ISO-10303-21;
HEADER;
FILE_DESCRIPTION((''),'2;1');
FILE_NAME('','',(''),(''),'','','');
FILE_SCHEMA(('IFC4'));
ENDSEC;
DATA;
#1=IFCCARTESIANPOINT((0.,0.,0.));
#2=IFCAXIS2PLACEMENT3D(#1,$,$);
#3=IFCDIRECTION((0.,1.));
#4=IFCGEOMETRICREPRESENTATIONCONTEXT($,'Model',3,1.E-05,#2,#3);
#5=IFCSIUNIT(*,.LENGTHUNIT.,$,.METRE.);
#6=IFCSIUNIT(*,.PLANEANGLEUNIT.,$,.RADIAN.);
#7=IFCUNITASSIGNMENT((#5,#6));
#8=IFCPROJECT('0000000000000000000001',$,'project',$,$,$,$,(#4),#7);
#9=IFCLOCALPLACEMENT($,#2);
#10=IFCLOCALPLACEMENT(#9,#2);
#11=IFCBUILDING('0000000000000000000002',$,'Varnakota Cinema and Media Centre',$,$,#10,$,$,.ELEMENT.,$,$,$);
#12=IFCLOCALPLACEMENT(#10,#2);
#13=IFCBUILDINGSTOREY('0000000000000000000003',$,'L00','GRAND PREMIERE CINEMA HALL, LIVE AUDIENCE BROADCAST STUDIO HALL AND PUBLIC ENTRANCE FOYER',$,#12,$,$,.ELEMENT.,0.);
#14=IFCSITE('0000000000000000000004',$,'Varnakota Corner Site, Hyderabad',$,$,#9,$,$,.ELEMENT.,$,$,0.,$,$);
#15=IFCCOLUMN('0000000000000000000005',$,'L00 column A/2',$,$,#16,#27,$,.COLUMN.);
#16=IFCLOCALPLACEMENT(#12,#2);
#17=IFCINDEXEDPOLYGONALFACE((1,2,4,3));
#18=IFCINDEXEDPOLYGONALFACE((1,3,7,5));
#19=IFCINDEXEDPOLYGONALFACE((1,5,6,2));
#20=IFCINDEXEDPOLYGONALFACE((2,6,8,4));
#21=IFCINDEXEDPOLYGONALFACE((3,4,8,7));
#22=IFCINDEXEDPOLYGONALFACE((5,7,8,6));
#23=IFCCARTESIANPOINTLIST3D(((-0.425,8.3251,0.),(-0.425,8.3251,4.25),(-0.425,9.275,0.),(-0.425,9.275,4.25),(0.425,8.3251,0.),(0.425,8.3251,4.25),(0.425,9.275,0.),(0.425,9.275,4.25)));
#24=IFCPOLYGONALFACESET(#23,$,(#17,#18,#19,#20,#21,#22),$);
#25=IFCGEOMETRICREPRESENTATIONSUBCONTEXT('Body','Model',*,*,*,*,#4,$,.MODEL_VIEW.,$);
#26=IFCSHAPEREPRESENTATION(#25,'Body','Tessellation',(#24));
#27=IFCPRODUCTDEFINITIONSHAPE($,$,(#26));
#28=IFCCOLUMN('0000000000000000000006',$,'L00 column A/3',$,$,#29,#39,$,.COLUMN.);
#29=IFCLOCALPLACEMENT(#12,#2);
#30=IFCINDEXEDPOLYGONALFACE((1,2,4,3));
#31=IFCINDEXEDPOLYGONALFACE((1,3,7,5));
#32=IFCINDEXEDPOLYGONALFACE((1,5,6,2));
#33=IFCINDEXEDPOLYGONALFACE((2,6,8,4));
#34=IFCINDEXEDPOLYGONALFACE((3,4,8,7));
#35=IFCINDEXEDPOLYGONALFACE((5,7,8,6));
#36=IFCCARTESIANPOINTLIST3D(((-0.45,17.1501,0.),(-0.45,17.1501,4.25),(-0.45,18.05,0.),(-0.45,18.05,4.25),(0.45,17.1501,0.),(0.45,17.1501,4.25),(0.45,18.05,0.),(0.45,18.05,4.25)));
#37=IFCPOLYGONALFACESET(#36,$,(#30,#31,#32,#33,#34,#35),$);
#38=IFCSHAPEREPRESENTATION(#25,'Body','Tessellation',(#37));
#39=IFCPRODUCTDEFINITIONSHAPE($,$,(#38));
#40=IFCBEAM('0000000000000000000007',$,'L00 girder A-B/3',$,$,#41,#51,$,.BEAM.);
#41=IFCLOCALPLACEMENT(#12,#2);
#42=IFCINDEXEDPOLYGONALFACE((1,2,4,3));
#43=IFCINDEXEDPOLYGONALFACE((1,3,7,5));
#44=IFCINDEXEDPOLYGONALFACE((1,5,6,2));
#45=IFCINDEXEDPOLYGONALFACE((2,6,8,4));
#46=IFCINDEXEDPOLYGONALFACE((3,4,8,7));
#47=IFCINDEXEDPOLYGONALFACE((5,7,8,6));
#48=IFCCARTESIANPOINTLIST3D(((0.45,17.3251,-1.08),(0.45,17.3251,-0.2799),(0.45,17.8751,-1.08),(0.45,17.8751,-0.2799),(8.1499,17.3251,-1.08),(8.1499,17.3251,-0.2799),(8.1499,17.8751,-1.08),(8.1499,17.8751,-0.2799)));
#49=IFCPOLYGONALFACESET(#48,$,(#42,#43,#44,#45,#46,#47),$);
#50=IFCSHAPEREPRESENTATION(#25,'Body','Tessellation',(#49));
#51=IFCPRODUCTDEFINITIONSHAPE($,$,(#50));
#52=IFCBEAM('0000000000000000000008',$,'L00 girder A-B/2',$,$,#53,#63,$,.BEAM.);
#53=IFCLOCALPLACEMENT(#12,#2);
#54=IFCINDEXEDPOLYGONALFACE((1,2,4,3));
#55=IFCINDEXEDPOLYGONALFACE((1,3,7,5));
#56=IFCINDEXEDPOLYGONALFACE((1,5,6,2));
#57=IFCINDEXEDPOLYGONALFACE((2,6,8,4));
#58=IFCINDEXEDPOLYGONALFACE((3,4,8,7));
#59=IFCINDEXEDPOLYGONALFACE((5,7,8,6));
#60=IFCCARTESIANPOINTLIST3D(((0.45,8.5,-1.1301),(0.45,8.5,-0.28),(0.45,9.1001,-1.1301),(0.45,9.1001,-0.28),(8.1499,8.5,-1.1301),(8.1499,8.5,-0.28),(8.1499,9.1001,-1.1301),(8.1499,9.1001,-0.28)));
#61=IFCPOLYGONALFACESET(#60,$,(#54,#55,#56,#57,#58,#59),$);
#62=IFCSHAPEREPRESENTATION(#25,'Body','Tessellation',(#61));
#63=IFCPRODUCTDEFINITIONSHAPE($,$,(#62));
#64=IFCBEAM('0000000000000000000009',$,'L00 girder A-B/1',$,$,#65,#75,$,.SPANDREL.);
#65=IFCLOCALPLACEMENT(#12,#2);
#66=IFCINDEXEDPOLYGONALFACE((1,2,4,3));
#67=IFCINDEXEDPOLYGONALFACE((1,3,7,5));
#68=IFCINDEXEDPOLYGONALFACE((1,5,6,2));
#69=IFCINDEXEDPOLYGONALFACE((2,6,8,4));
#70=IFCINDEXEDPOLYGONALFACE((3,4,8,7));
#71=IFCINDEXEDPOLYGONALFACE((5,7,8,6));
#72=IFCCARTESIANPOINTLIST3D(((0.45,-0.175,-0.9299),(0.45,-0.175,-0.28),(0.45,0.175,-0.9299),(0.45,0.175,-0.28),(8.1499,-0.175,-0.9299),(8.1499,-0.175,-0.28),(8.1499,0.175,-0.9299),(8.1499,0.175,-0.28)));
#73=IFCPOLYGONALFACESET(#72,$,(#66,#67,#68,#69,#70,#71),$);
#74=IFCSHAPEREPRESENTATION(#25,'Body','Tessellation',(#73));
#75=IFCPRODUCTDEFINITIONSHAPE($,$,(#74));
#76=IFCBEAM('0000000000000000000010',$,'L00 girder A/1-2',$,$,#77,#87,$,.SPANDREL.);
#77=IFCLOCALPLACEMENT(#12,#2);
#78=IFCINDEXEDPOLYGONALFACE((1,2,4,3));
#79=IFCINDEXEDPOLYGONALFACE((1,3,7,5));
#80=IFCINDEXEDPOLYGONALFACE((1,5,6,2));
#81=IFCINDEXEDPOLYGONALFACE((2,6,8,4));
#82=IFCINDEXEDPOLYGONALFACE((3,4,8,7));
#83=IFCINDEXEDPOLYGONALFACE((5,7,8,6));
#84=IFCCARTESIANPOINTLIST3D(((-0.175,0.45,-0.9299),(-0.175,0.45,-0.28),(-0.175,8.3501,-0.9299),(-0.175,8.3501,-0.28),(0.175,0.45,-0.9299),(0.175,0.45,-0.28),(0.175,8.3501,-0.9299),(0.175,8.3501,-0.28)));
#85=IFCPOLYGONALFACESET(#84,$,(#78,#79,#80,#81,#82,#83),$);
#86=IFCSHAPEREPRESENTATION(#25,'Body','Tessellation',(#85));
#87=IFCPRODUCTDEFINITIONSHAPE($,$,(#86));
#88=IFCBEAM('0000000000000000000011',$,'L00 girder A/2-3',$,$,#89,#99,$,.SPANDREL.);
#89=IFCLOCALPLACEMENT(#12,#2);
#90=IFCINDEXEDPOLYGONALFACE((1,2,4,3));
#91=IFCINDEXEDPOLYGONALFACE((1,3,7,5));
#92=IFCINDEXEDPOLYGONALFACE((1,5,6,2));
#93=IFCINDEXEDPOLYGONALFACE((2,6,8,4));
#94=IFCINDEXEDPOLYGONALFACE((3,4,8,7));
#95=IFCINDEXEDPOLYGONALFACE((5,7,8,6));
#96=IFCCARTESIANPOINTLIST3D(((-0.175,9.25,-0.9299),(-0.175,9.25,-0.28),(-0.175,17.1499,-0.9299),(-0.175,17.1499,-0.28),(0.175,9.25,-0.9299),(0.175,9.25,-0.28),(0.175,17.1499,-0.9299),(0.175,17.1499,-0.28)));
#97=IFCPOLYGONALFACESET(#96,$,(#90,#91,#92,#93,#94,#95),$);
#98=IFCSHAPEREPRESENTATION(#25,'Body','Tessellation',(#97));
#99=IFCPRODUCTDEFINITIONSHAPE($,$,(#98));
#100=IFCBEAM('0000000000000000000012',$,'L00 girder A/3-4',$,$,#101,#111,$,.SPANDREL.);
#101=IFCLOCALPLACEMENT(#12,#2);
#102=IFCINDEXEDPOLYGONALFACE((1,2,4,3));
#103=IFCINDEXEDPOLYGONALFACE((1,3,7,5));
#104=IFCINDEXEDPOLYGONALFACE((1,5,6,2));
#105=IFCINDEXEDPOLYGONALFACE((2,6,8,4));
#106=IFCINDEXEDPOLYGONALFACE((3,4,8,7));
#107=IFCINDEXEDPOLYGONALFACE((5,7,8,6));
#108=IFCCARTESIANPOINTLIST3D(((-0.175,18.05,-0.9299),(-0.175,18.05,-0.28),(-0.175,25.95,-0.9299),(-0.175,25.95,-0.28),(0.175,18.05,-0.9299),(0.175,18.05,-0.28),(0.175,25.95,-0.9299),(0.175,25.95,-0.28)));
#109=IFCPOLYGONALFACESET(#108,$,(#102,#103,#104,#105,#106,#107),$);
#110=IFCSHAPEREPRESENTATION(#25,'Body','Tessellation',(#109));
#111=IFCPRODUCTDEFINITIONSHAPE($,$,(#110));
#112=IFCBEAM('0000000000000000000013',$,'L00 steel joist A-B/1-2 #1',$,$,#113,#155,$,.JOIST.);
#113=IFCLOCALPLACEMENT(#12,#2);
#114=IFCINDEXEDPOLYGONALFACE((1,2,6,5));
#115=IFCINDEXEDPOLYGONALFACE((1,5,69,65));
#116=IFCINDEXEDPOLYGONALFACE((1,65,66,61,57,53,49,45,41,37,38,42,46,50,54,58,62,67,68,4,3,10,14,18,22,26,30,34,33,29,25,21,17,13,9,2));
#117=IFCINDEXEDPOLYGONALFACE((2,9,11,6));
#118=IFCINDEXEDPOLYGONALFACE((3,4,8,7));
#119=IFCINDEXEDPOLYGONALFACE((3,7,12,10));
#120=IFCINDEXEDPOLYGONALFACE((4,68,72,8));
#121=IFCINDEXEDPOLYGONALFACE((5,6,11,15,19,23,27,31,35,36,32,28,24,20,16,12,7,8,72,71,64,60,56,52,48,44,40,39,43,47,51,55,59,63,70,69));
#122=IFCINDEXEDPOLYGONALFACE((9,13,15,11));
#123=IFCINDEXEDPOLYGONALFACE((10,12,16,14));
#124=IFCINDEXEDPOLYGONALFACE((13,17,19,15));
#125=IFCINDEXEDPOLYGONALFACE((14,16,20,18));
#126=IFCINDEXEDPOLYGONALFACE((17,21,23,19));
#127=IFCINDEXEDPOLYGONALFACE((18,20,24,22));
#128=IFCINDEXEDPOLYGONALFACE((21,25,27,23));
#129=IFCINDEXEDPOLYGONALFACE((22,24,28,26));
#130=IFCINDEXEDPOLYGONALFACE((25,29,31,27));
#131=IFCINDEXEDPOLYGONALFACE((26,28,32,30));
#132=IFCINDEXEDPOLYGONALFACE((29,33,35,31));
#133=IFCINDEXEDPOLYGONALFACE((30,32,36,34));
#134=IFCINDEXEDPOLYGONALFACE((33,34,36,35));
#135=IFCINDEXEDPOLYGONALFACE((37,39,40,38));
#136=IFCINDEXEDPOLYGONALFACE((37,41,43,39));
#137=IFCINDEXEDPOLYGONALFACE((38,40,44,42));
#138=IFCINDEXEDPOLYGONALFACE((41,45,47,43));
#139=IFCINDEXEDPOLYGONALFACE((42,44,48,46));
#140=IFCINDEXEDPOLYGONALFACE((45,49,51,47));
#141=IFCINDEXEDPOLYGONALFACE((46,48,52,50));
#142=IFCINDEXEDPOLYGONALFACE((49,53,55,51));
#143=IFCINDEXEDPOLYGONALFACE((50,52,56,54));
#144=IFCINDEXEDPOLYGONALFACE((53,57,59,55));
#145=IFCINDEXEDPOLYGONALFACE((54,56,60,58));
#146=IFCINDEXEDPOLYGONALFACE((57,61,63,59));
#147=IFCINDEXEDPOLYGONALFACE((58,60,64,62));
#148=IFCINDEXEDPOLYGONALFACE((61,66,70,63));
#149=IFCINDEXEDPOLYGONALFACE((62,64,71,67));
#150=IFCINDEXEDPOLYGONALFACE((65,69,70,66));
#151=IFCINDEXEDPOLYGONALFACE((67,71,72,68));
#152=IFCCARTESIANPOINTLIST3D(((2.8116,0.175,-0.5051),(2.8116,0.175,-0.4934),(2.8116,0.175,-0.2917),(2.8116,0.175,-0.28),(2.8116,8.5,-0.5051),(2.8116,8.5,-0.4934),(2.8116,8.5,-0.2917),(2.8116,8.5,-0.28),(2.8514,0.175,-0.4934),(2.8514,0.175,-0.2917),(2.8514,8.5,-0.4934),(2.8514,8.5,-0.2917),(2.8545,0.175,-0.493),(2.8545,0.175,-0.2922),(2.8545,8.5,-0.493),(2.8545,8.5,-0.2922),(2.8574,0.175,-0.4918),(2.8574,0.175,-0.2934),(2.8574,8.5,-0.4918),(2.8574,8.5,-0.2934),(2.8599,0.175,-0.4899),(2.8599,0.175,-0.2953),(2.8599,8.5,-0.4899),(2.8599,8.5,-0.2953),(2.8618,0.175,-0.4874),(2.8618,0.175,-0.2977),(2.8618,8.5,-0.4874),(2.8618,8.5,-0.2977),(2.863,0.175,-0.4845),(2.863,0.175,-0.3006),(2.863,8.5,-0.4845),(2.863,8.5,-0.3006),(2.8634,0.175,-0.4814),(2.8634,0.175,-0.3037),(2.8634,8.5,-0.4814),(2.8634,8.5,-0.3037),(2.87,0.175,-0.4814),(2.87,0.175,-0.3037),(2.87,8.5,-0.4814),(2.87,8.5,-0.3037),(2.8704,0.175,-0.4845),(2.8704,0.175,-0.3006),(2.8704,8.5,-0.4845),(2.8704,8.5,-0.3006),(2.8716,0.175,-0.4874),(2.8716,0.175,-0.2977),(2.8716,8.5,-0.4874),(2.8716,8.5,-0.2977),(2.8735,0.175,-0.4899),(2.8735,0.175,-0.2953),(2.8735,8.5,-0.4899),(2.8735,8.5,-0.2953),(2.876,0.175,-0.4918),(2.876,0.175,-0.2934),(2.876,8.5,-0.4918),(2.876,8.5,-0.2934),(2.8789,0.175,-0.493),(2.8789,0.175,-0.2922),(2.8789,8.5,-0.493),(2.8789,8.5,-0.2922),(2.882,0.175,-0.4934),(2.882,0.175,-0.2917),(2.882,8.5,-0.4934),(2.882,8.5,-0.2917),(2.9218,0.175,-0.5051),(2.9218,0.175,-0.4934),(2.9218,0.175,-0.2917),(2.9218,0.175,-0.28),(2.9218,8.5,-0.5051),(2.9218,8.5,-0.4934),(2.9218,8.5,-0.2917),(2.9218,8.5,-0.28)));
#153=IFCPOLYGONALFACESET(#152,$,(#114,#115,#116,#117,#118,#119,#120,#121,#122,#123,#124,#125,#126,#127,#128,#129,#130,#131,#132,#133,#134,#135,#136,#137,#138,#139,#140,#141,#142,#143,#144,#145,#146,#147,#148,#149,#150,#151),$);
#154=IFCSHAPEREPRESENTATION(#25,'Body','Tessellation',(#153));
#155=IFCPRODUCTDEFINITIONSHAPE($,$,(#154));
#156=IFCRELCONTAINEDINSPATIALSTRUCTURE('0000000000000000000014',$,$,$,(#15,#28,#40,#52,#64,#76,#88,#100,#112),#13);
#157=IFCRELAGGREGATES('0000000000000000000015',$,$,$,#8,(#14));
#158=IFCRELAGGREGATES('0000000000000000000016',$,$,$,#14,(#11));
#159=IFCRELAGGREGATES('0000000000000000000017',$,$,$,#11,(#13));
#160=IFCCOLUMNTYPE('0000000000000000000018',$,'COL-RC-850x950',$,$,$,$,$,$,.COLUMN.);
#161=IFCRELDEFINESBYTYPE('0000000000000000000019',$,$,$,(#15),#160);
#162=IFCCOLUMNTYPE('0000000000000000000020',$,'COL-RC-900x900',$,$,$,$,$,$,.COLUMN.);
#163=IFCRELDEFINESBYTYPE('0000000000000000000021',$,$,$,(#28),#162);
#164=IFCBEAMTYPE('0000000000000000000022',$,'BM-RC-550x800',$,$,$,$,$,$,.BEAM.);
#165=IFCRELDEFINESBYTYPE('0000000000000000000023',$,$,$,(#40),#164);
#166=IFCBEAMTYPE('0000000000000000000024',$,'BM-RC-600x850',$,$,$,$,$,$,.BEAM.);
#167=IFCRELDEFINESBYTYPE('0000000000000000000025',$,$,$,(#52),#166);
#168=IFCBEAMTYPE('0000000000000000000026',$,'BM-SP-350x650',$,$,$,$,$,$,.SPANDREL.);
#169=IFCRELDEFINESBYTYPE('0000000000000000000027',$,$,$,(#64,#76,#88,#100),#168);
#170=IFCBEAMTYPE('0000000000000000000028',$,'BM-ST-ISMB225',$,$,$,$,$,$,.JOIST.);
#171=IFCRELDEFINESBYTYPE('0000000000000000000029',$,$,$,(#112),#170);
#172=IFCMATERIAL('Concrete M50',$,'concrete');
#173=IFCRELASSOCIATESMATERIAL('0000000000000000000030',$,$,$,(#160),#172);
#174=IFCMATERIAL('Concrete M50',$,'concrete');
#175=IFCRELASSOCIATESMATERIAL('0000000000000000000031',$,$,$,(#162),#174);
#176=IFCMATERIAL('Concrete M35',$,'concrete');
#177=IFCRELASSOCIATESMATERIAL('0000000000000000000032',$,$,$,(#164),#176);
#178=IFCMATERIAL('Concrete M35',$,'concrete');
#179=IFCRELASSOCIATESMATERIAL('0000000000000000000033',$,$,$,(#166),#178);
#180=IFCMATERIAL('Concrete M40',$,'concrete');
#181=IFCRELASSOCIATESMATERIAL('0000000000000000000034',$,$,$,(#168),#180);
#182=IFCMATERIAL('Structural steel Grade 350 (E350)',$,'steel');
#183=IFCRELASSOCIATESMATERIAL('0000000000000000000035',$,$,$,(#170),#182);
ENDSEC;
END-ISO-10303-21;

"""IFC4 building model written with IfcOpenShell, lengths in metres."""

from ifc_helpers import new_model, si_unit, direction, frame, origin, origin_2d, place, context, subcontext, project, spatial, rectangle, i_section, extrude, material, material_profile, profile_set, type_object, element, save


model = new_model("IFC4")

# Units and contexts
model_context = context("Model", 3, precision=1e-05, world=origin(), true_north=direction((0.0, 1.0)))
body_context = subcontext(model_context, "Body", "Model", "MODEL_VIEW")
ifc_project = project(units=[si_unit("LENGTHUNIT", "METRE"), si_unit("PLANEANGLEUNIT", "RADIAN")], contexts=[model_context])

# Site, building, storey
site_placement = place(None, origin())
site = spatial("IfcSite", under=ifc_project, at=site_placement, Name="Varnakota Corner Site, Hyderabad", CompositionType="ELEMENT", RefElevation=0.0)
building_placement = place(site_placement, origin())
building = spatial("IfcBuilding", under=site, at=building_placement, Name="Varnakota Cinema and Media Centre", CompositionType="ELEMENT")
storey_placement = place(building_placement, origin())
storey = spatial("IfcBuildingStorey", under=building, at=storey_placement, Name="L00", Description="GRAND PREMIERE CINEMA HALL, LIVE AUDIENCE BROADCAST STUDIO HALL AND PUBLIC ENTRANCE FOYER", CompositionType="ELEMENT", Elevation=0.0)

# Columns
ifc_material_1 = material(Name="Concrete M50", Category="concrete")
ifc_material_profile_1 = material_profile(ifc_material_1, rectangle(XDim=0.8501, YDim=0.95, at=origin_2d()), Name="RC 850x950")
ifc_profile_set_1 = profile_set([ifc_material_profile_1], Name="Concrete M50")
column_type_1 = type_object("IfcColumnType", Name="COL-RC-850x950", PredefinedType="COLUMN", material=ifc_profile_set_1)
column_1_placement = place(storey_placement, frame((0.0, 8.8, 0.0), z_axis=(0.0, 0.0, 1.0), x_axis=(1.0, 0.0, 0.0)))
element("IfcColumn", 1, at=column_1_placement, inside=storey, type_object=column_type_1, Name="L00 column A/2", PredefinedType="COLUMN", context=body_context, shape_type="SweptSolid", body=[
    extrude(rectangle(XDim=0.8501, YDim=0.95, at=origin_2d()), origin(), (0.0, 0.0, 1.0), 4.25),
])
ifc_material_2 = material(Name="Concrete M50", Category="concrete")
ifc_material_profile_2 = material_profile(ifc_material_2, rectangle(XDim=0.8999, YDim=0.8999, at=origin_2d()), Name="RC 900x900")
ifc_profile_set_2 = profile_set([ifc_material_profile_2], Name="Concrete M50")
column_type_2 = type_object("IfcColumnType", Name="COL-RC-900x900", PredefinedType="COLUMN", material=ifc_profile_set_2)
column_2_placement = place(storey_placement, frame((0.0, 17.6001, 0.0), z_axis=(0.0, 0.0, 1.0), x_axis=(1.0, 0.0, 0.0)))
element("IfcColumn", 2, at=column_2_placement, inside=storey, type_object=column_type_2, Name="L00 column A/3", PredefinedType="COLUMN", context=body_context, shape_type="SweptSolid", body=[
    extrude(rectangle(XDim=0.8999, YDim=0.8999, at=origin_2d()), origin(), (0.0, 0.0, 1.0), 4.25),
])

# Beams
ifc_material_3 = material(Name="Concrete M35", Category="concrete")
ifc_material_profile_3 = material_profile(ifc_material_3, rectangle(XDim=0.55, YDim=0.8, at=origin_2d()), Name="RCB 550x800")
ifc_profile_set_3 = profile_set([ifc_material_profile_3], Name="Concrete M35")
beam_type_1 = type_object("IfcBeamType", Name="BM-RC-550x800", PredefinedType="BEAM", material=ifc_profile_set_3)
beam_1_placement = place(storey_placement, frame((0.45, 17.6001, -0.6799), z_axis=(1.0, 0.0, 0.0), x_axis=(0.0, 1.0, 0.0)))
element("IfcBeam", 3, at=beam_1_placement, inside=storey, type_object=beam_type_1, Name="L00 girder A-B/3", PredefinedType="BEAM", context=body_context, shape_type="SweptSolid", body=[
    extrude(rectangle(XDim=0.55, YDim=0.8, at=origin_2d()), origin(), (0.0, 0.0, 1.0), 7.7),
])
ifc_material_4 = material(Name="Concrete M35", Category="concrete")
ifc_material_profile_4 = material_profile(ifc_material_4, rectangle(XDim=0.6001, YDim=0.8501, at=origin_2d()), Name="RCB 600x850")
ifc_profile_set_4 = profile_set([ifc_material_profile_4], Name="Concrete M35")
beam_type_2 = type_object("IfcBeamType", Name="BM-RC-600x850", PredefinedType="BEAM", material=ifc_profile_set_4)
beam_2_placement = place(storey_placement, frame((0.45, 8.8, -0.7051), z_axis=(1.0, 0.0, 0.0), x_axis=(0.0, 1.0, 0.0)))
element("IfcBeam", 4, at=beam_2_placement, inside=storey, type_object=beam_type_2, Name="L00 girder A-B/2", PredefinedType="BEAM", context=body_context, shape_type="SweptSolid", body=[
    extrude(rectangle(XDim=0.6001, YDim=0.8501, at=origin_2d()), origin(), (0.0, 0.0, 1.0), 7.7),
])
ifc_material_5 = material(Name="Concrete M40", Category="concrete")
ifc_material_profile_5 = material_profile(ifc_material_5, rectangle(XDim=0.3501, YDim=0.6499, at=origin_2d()), Name="RCB 350x650")
ifc_profile_set_5 = profile_set([ifc_material_profile_5], Name="Concrete M40")
beam_type_3 = type_object("IfcBeamType", Name="BM-SP-350x650", PredefinedType="SPANDREL", material=ifc_profile_set_5)
beam_3_placement = place(storey_placement, frame((0.45, 0.0, -0.605), z_axis=(1.0, 0.0, 0.0), x_axis=(0.0, 1.0, 0.0)))
element("IfcBeam", 5, at=beam_3_placement, inside=storey, type_object=beam_type_3, Name="L00 girder A-B/1", PredefinedType="SPANDREL", context=body_context, shape_type="SweptSolid", body=[
    extrude(rectangle(XDim=0.3501, YDim=0.6499, at=origin_2d()), origin(), (0.0, 0.0, 1.0), 7.7),
])
beam_4_placement = place(storey_placement, frame((0.0, 0.45, -0.605), z_axis=(0.0, 1.0, 0.0), x_axis=(-1.0, 0.0, 0.0)))
element("IfcBeam", 6, at=beam_4_placement, inside=storey, type_object=beam_type_3, Name="L00 girder A/1-2", PredefinedType="SPANDREL", context=body_context, shape_type="SweptSolid", body=[
    extrude(rectangle(XDim=0.3501, YDim=0.6499, at=origin_2d()), origin(), (0.0, 0.0, 1.0), 7.9001),
])
for number, where, z_axis, x_axis, name in (
    (7, (0.0, 9.25, -0.605), (0.0, 1.0, 0.0), (-1.0, 0.0, 0.0), "L00 girder A/2-3"),
    (8, (0.0, 18.05, -0.605), (0.0, 1.0, 0.0), (-1.0, 0.0, 0.0), "L00 girder A/3-4"),
):
    element("IfcBeam", number, at=place(storey_placement, frame(where, z_axis=z_axis, x_axis=x_axis)), inside=storey, type_object=beam_type_3, Name=name, PredefinedType="SPANDREL", context=body_context, shape_type="SweptSolid", body=[
        extrude(rectangle(XDim=0.3501, YDim=0.6499, at=origin_2d()), origin(), (0.0, 0.0, 1.0), 7.8999),
    ])
ifc_material_6 = material(Name="Structural steel Grade 350 (E350)", Category="steel")
ifc_material_profile_6 = material_profile(ifc_material_6, i_section(OverallWidth=0.1101, OverallDepth=0.2251, WebThickness=0.0066, FlangeThickness=0.0117, FilletRadius=0.012, at=origin_2d()), Name="ISMB 225")
ifc_profile_set_6 = profile_set([ifc_material_profile_6], Name="Structural steel Grade 350 (E350)")
beam_type_4 = type_object("IfcBeamType", Name="BM-ST-ISMB225", PredefinedType="JOIST", material=ifc_profile_set_6)
beam_5_placement = place(storey_placement, frame((2.8667, 0.175, -0.3926), z_axis=(0.0, 1.0, 0.0), x_axis=(-1.0, 0.0, 0.0)))
element("IfcBeam", 9, at=beam_5_placement, inside=storey, type_object=beam_type_4, Name="L00 steel joist A-B/1-2 #1", PredefinedType="JOIST", context=body_context, shape_type="SweptSolid", body=[
    extrude(i_section(OverallWidth=0.1101, OverallDepth=0.2251, WebThickness=0.0066, FlangeThickness=0.0117, FilletRadius=0.012, at=origin_2d()), origin(), (0.0, 0.0, 1.0), 8.325),
])

save(model, "model.ifc")
